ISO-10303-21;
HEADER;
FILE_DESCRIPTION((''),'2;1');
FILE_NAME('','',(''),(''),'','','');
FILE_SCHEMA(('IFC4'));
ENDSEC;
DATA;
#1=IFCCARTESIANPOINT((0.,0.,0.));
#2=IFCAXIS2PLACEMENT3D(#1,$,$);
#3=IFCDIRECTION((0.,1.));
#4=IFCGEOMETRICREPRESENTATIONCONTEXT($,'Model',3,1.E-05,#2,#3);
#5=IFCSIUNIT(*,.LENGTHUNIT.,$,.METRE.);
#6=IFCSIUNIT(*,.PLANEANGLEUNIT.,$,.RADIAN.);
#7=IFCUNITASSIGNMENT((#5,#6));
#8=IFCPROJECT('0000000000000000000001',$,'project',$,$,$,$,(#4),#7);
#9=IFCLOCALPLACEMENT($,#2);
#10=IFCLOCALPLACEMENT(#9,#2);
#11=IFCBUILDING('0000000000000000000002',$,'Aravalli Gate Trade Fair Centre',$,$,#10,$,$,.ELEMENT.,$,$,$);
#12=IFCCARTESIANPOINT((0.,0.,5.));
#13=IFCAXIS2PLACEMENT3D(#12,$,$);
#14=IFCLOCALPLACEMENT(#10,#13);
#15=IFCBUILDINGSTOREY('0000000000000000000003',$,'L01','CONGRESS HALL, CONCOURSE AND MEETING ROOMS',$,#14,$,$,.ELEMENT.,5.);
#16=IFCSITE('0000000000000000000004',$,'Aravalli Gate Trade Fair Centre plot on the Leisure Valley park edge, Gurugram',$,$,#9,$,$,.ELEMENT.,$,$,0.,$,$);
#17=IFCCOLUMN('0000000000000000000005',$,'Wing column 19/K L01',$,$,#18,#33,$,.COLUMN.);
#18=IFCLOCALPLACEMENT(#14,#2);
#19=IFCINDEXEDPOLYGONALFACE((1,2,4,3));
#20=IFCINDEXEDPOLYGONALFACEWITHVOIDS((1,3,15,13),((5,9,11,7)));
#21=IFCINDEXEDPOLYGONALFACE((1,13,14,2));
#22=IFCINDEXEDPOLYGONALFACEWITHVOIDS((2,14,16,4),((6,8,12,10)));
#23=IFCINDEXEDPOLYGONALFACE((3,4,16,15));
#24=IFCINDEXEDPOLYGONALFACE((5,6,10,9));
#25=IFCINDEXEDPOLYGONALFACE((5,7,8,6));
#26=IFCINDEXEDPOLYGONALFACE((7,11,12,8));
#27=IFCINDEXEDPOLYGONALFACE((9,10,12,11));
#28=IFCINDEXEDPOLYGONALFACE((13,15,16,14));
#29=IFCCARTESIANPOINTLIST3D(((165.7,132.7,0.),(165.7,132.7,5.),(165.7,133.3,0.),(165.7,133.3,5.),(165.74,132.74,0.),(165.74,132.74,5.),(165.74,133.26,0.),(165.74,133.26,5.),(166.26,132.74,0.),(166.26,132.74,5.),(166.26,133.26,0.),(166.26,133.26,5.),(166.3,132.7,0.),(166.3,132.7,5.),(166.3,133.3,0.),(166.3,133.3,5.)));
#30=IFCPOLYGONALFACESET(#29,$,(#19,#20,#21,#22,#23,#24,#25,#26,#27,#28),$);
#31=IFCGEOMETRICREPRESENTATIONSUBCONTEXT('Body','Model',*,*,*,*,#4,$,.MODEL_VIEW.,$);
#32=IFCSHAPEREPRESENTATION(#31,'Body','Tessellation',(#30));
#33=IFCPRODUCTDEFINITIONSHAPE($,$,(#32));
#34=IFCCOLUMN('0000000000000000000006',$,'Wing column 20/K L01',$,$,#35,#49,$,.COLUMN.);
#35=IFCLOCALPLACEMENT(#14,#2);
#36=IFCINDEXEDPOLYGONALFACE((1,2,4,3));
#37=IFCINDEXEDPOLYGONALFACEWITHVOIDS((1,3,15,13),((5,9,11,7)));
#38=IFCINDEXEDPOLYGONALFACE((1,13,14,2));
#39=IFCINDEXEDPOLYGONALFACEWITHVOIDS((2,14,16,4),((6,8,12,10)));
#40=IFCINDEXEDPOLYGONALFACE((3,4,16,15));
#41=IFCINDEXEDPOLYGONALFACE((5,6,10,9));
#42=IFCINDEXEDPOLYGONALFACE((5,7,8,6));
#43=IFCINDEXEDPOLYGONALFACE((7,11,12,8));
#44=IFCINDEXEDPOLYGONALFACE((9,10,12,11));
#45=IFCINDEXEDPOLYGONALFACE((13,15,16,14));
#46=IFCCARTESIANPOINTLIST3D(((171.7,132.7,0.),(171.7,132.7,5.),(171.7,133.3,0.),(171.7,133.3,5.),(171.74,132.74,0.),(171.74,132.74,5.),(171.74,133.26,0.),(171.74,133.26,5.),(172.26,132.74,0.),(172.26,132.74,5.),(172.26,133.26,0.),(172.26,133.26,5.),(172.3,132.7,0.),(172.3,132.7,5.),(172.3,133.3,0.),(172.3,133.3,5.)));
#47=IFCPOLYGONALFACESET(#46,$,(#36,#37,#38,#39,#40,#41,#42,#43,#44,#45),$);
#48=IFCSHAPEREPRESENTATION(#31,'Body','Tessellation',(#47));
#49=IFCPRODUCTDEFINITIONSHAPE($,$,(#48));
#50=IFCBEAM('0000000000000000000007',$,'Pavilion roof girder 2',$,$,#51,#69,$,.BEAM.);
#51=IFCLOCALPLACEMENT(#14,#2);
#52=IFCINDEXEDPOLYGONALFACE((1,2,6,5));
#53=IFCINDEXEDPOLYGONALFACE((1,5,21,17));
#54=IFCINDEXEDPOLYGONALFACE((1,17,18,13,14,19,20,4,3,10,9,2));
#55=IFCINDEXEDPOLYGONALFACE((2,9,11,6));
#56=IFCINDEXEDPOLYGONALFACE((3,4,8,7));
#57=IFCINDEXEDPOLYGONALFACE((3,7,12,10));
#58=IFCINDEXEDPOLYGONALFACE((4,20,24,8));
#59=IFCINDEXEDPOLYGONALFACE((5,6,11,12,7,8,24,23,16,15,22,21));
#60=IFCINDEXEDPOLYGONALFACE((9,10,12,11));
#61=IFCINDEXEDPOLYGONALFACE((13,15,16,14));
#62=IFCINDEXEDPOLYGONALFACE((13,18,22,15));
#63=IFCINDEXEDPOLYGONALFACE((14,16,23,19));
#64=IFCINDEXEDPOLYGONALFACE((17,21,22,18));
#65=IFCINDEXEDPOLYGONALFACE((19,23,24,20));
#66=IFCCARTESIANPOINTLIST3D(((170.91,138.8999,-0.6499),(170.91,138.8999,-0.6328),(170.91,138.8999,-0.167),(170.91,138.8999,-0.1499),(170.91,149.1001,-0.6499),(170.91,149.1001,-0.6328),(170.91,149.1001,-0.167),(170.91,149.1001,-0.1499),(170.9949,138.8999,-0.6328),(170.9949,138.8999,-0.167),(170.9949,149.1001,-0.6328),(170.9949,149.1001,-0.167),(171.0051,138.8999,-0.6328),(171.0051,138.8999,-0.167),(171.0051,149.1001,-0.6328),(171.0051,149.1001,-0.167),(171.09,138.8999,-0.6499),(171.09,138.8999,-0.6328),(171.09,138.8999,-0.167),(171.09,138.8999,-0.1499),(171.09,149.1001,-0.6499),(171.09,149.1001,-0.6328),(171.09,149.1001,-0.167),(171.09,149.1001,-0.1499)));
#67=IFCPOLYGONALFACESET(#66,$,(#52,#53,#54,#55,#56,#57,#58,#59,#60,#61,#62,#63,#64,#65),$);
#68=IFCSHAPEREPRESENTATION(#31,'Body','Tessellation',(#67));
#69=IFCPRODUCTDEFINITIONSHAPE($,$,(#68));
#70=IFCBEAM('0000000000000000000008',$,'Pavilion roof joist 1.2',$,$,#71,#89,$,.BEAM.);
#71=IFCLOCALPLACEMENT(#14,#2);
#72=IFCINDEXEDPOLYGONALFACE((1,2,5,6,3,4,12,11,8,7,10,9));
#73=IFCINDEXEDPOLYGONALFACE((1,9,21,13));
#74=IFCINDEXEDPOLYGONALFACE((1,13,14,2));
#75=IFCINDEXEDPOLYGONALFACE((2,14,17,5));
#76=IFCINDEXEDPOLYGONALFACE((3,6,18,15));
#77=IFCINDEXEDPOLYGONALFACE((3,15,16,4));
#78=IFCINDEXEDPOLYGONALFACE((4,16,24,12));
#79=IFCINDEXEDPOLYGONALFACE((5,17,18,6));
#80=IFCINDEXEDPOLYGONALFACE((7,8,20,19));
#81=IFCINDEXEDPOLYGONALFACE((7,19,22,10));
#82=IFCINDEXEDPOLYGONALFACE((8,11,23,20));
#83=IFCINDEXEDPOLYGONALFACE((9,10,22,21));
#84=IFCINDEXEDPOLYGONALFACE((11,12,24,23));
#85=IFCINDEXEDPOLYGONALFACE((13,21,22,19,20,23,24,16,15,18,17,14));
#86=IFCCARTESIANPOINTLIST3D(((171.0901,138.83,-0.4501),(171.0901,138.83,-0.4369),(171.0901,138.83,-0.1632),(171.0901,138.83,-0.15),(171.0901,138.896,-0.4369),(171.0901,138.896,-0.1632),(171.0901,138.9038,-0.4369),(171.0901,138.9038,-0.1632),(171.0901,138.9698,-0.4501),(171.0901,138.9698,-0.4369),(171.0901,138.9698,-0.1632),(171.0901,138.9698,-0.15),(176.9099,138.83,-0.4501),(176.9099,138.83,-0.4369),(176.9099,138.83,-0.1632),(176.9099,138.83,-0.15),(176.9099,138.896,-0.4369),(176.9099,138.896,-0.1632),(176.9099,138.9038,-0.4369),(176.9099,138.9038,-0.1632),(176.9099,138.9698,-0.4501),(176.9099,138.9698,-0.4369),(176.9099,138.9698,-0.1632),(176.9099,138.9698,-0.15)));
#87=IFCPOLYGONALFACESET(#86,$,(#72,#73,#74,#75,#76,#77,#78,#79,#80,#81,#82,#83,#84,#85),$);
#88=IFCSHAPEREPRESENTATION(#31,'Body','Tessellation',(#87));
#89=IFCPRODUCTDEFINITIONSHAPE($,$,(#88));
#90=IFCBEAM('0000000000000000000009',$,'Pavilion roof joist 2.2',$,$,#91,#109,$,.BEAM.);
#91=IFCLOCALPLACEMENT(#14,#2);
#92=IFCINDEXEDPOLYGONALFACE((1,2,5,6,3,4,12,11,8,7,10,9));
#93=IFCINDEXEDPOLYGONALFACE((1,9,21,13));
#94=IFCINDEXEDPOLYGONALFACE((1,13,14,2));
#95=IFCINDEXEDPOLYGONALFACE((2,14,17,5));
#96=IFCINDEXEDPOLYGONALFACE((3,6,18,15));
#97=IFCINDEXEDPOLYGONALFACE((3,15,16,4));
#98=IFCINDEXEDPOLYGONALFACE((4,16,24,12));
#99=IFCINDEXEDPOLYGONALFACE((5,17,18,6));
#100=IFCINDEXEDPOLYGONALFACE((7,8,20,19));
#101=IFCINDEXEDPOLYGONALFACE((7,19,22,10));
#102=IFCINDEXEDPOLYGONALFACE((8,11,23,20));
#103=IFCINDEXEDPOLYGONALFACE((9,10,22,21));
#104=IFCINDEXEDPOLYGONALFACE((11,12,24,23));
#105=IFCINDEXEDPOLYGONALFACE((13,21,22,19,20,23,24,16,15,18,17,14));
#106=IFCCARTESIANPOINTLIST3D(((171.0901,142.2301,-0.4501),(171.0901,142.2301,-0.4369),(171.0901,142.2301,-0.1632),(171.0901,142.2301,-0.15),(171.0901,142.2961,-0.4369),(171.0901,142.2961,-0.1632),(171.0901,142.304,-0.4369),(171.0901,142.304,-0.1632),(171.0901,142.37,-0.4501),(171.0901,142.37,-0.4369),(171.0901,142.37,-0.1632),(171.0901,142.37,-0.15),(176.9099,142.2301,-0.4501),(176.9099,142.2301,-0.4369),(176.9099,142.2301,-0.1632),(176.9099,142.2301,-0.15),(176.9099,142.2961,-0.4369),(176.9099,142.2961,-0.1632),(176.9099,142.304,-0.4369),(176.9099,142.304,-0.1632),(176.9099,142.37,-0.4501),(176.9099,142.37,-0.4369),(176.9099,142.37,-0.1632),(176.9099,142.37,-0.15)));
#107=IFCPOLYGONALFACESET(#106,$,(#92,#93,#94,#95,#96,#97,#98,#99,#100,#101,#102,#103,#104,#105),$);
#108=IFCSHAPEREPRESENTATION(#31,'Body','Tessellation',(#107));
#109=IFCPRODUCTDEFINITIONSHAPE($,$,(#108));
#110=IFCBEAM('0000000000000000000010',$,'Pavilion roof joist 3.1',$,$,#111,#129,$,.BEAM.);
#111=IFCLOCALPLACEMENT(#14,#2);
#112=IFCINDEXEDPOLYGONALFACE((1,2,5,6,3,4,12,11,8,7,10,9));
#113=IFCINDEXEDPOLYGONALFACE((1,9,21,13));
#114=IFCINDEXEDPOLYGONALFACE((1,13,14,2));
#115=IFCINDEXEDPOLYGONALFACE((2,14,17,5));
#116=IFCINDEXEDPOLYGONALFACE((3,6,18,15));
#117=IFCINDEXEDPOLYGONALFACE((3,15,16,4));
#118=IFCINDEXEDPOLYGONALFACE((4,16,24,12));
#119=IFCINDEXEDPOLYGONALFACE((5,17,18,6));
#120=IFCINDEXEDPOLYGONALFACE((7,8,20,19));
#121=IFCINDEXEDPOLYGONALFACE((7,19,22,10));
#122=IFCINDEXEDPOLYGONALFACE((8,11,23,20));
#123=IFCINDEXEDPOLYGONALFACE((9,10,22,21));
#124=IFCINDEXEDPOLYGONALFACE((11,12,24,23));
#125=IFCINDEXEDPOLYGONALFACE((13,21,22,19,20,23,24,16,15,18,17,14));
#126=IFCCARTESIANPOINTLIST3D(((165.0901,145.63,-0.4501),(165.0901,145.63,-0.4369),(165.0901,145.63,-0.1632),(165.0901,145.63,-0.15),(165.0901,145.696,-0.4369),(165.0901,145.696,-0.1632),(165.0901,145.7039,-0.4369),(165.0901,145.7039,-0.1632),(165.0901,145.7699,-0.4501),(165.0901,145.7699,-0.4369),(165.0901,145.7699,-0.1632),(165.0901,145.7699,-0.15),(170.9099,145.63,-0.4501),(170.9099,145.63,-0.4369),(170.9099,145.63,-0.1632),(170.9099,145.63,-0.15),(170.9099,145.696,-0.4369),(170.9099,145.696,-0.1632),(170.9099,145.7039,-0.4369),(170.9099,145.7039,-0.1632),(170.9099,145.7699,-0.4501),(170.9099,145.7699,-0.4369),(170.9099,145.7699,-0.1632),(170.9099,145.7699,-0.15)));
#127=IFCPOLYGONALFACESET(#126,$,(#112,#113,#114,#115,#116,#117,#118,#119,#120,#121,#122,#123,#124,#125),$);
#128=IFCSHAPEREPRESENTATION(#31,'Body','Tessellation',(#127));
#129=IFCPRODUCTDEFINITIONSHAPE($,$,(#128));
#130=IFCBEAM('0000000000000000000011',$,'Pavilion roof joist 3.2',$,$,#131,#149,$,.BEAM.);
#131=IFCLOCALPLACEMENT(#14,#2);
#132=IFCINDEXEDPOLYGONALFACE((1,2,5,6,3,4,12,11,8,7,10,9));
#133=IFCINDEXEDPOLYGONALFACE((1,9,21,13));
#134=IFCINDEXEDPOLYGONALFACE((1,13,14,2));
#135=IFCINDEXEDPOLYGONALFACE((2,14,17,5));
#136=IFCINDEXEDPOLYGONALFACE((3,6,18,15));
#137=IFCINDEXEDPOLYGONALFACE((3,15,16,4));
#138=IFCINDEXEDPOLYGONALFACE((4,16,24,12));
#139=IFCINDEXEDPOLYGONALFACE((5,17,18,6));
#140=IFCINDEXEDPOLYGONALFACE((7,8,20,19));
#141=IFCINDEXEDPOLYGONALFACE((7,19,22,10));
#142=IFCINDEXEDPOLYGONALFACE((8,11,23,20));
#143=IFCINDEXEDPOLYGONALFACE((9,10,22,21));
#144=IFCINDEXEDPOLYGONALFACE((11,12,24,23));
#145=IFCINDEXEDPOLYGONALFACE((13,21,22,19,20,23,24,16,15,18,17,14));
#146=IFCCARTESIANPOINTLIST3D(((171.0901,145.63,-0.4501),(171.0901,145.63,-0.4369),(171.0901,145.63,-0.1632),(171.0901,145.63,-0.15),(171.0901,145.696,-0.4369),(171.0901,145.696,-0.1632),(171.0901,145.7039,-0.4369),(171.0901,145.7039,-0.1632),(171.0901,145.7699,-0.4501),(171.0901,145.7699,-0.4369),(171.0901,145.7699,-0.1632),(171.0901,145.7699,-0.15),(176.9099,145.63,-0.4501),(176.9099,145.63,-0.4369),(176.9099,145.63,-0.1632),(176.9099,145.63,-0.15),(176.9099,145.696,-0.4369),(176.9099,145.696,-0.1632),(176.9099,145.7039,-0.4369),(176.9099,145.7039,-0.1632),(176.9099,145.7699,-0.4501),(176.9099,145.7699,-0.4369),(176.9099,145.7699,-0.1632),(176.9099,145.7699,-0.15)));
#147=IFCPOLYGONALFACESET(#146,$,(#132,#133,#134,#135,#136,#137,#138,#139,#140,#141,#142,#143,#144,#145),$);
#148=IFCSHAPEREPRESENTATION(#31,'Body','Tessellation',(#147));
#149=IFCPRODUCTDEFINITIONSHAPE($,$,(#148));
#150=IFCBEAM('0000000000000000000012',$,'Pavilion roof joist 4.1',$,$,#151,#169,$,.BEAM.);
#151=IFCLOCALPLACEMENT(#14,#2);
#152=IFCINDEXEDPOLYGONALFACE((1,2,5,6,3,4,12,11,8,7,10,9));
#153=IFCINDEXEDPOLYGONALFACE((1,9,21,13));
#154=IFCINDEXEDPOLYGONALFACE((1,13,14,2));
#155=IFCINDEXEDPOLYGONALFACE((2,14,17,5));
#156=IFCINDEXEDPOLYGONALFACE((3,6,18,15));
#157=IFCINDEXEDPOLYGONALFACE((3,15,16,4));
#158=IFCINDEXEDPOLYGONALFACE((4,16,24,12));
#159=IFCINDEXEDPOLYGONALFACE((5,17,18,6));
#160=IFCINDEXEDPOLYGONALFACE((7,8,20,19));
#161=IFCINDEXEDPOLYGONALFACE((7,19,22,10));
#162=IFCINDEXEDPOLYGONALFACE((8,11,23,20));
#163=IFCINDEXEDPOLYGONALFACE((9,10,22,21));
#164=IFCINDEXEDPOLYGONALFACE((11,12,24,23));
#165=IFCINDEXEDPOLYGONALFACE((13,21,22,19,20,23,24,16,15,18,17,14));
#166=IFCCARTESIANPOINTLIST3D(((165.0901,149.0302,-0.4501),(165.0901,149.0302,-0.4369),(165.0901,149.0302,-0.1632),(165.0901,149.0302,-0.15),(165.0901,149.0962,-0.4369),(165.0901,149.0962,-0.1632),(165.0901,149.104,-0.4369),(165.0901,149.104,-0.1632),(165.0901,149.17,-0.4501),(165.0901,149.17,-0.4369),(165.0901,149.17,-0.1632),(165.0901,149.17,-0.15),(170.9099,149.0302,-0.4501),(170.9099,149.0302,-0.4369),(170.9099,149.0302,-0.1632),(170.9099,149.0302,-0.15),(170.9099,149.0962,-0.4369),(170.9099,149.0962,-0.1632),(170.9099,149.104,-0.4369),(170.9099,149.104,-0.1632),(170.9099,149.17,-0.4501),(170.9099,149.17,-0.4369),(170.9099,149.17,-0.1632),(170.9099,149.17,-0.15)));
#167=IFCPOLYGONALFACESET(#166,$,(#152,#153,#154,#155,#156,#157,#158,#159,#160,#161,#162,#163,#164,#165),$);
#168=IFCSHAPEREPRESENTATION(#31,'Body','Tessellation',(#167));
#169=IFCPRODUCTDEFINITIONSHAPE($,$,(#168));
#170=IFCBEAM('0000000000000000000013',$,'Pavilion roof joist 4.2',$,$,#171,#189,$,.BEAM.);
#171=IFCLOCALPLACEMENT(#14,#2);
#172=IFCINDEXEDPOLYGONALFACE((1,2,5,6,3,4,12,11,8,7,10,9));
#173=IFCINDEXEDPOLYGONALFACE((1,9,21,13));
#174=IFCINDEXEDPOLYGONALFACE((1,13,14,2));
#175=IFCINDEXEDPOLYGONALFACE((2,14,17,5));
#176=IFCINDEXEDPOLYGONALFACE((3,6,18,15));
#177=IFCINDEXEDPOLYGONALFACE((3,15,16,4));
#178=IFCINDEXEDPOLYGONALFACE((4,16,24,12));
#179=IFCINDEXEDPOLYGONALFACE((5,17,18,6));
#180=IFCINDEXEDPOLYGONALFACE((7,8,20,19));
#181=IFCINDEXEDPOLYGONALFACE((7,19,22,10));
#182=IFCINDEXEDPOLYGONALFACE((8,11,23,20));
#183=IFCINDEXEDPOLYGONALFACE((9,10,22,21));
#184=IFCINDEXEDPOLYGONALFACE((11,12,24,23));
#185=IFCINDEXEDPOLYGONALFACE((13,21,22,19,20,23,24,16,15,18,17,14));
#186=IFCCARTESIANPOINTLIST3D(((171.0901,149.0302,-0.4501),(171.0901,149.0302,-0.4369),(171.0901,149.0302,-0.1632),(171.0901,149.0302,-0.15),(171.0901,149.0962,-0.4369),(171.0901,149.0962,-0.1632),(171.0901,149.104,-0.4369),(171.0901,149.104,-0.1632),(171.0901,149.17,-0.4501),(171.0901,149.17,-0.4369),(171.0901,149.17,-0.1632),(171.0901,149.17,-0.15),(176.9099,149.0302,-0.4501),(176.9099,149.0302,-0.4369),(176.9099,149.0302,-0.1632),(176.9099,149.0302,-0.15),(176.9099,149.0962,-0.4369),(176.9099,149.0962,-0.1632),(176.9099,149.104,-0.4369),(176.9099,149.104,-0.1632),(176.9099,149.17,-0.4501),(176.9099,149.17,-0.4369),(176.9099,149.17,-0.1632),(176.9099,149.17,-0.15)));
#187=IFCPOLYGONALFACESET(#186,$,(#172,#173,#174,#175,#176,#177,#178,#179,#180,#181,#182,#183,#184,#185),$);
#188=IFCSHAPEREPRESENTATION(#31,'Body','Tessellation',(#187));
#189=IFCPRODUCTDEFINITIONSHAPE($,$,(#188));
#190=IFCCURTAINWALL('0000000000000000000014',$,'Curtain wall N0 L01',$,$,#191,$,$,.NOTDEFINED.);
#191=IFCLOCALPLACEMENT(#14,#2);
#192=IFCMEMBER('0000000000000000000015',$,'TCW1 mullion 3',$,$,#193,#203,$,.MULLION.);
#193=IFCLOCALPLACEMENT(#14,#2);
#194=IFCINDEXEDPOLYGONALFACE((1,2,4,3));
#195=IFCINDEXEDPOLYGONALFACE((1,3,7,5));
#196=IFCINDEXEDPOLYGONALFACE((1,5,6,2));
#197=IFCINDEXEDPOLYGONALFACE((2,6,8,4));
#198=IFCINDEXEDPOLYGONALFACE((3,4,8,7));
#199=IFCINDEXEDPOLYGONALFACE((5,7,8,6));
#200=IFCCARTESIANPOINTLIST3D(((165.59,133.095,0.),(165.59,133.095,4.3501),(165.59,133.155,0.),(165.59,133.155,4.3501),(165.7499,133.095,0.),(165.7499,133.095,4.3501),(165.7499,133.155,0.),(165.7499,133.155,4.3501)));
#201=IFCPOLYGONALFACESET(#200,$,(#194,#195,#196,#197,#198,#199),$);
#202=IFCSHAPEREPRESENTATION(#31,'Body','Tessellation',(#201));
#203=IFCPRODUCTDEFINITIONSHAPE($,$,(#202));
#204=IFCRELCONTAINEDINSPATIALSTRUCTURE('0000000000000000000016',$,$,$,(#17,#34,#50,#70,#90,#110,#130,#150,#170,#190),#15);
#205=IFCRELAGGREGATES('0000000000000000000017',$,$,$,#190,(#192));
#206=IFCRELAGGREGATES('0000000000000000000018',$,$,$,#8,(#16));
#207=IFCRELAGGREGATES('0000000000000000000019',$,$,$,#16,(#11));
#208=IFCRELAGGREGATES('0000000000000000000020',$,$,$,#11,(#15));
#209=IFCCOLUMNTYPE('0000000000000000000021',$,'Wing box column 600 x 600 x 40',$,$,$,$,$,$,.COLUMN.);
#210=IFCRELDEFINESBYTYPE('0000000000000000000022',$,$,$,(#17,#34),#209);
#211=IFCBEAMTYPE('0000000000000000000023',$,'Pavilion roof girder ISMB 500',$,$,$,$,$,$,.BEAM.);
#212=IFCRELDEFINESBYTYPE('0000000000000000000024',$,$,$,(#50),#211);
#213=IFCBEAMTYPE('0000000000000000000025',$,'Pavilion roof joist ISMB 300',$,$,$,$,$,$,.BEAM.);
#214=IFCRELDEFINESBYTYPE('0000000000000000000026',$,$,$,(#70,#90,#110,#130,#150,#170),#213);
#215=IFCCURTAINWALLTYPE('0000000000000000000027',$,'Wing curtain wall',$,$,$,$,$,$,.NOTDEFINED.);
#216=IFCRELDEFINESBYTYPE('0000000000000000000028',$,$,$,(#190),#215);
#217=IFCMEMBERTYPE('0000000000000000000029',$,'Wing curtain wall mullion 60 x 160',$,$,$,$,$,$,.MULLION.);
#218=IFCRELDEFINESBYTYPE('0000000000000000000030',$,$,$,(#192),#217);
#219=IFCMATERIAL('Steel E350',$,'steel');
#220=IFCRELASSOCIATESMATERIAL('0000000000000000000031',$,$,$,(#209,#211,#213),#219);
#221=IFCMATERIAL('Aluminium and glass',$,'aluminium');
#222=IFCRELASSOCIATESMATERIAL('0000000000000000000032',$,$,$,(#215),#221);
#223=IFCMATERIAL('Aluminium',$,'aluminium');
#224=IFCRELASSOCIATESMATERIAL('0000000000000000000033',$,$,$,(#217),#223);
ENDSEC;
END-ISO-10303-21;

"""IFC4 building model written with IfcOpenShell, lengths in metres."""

from ifc_helpers import new_model, si_unit, direction, frame, origin, origin_2d, place, context, subcontext, project, spatial, rectangle, hollow_rectangle, i_section, extrude, material, material_profile, profile_set, type_object, element, aggregate, save


model = new_model("IFC4")

# Units and contexts
model_context = context("Model", 3, precision=1e-05, world=origin(), true_north=direction((0.0, 1.0)))
body_context = subcontext(model_context, "Body", "Model", "MODEL_VIEW")
ifc_project = project(units=[si_unit("LENGTHUNIT", "METRE"), si_unit("PLANEANGLEUNIT", "RADIAN")], contexts=[model_context])

# Site, building, storey
site_placement = place(None, origin())
site = spatial("IfcSite", under=ifc_project, at=site_placement, Name="Aravalli Gate Trade Fair Centre plot on the Leisure Valley park edge, Gurugram", CompositionType="ELEMENT", RefElevation=0.0)
building_placement = place(site_placement, origin())
building = spatial("IfcBuilding", under=site, at=building_placement, Name="Aravalli Gate Trade Fair Centre", CompositionType="ELEMENT")
storey_placement = place(building_placement, frame((0.0, 0.0, 5.0)))
storey = spatial("IfcBuildingStorey", under=building, at=storey_placement, Name="L01", Description="CONGRESS HALL, CONCOURSE AND MEETING ROOMS", CompositionType="ELEMENT", Elevation=5.0)

# Columns
ifc_material_1 = material(Name="Steel E350", Category="steel")
ifc_material_profile_1 = material_profile(ifc_material_1, hollow_rectangle(XDim=0.6001, YDim=0.6001, WallThickness=0.04, at=origin_2d()), Name="BOX 600x600x40")
ifc_profile_set_1 = profile_set([ifc_material_profile_1], Name="Steel E350")
column_type = type_object("IfcColumnType", Name="Wing box column 600 x 600 x 40", PredefinedType="COLUMN", material=ifc_profile_set_1)
for number, where, z_axis, x_axis, name in (
    (1, (166.0, 133.0, 0.0), (0.0, 0.0, 1.0), (1.0, 0.0, 0.0), "Wing column 19/K L01"),
    (2, (172.0, 133.0, 0.0), (0.0, 0.0, 1.0), (1.0, 0.0, 0.0), "Wing column 20/K L01"),
):
    element("IfcColumn", number, at=place(storey_placement, frame(where, z_axis=z_axis, x_axis=x_axis)), inside=storey, type_object=column_type, Name=name, PredefinedType="COLUMN", context=body_context, shape_type="SweptSolid", body=[
        extrude(hollow_rectangle(XDim=0.6001, YDim=0.6001, WallThickness=0.04, at=origin_2d()), origin(), (0.0, 0.0, 1.0), 5.0),
    ])

# Beams
ifc_material_profile_2 = material_profile(ifc_material_1, i_section(OverallWidth=0.1799, OverallDepth=0.5, WebThickness=0.0103, FlangeThickness=0.0171, at=origin_2d()), Name="ISMB 500")
ifc_profile_set_2 = profile_set([ifc_material_profile_2], Name="Steel E350")
beam_type_1 = type_object("IfcBeamType", Name="Pavilion roof girder ISMB 500", PredefinedType="BEAM", material=ifc_profile_set_2)
beam_placement = place(storey_placement, frame((171.0, 138.8999, -0.3999), z_axis=(0.0, 1.0, 0.0), x_axis=(-1.0, 0.0, 0.0)))
element("IfcBeam", 3, at=beam_placement, inside=storey, type_object=beam_type_1, Name="Pavilion roof girder 2", PredefinedType="BEAM", context=body_context, shape_type="SweptSolid", body=[
    extrude(i_section(OverallWidth=0.1799, OverallDepth=0.5, WebThickness=0.0103, FlangeThickness=0.0171, at=origin_2d()), origin(), (0.0, 0.0, 1.0), 10.2002),
])
ifc_material_profile_3 = material_profile(ifc_material_1, i_section(OverallWidth=0.1399, OverallDepth=0.3, WebThickness=0.0078, FlangeThickness=0.0132, at=origin_2d()), Name="ISMB 300")
ifc_profile_set_3 = profile_set([ifc_material_profile_3], Name="Steel E350")
beam_type_2 = type_object("IfcBeamType", Name="Pavilion roof joist ISMB 300", PredefinedType="BEAM", material=ifc_profile_set_3)
for number, where, z_axis, x_axis, name in (
    (4, (171.0901, 138.8999, -0.3), (1.0, 0.0, 0.0), (0.0, 1.0, 0.0), "Pavilion roof joist 1.2"),
    (5, (171.0901, 142.3, -0.3), (1.0, 0.0, 0.0), (0.0, 1.0, 0.0), "Pavilion roof joist 2.2"),
    (6, (165.0901, 145.7, -0.3), (1.0, 0.0, 0.0), (0.0, 1.0, 0.0), "Pavilion roof joist 3.1"),
    (7, (171.0901, 145.7, -0.3), (1.0, 0.0, 0.0), (0.0, 1.0, 0.0), "Pavilion roof joist 3.2"),
    (8, (165.0901, 149.1001, -0.3), (1.0, 0.0, 0.0), (0.0, 1.0, 0.0), "Pavilion roof joist 4.1"),
    (9, (171.0901, 149.1001, -0.3), (1.0, 0.0, 0.0), (0.0, 1.0, 0.0), "Pavilion roof joist 4.2"),
):
    element("IfcBeam", number, at=place(storey_placement, frame(where, z_axis=z_axis, x_axis=x_axis)), inside=storey, type_object=beam_type_2, Name=name, PredefinedType="BEAM", context=body_context, shape_type="SweptSolid", body=[
        extrude(i_section(OverallWidth=0.1399, OverallDepth=0.3, WebThickness=0.0078, FlangeThickness=0.0132, at=origin_2d()), origin(), (0.0, 0.0, 1.0), 5.8198),
    ])

# Curtain wall, member
ifc_material_2 = material(Name="Aluminium and glass", Category="aluminium")
curtain_wall_type = type_object("IfcCurtainWallType", Name="Wing curtain wall", PredefinedType="NOTDEFINED", material=ifc_material_2)
curtain_wall_1_placement = place(storey_placement, origin())
curtain_wall_1 = element("IfcCurtainWall", 10, at=curtain_wall_1_placement, inside=storey, type_object=curtain_wall_type, Name="Curtain wall N0 L01", PredefinedType="NOTDEFINED")
ifc_material_3 = material(Name="Aluminium", Category="aluminium")
ifc_material_profile_4 = material_profile(ifc_material_3, rectangle(XDim=0.0601, YDim=0.1599, at=origin_2d()), Name="Wing curtain wall mullion 60 x 160")
ifc_profile_set_4 = profile_set([ifc_material_profile_4], Name="Aluminium")
member_type_1 = type_object("IfcMemberType", Name="Wing curtain wall mullion 60 x 160", PredefinedType="MULLION", material=ifc_profile_set_4)
member_1_placement = place(storey_placement, frame((165.6699, 133.125, 0.0), z_axis=(0.0, 0.0, 1.0), x_axis=(0.0, 1.0, 0.0)))
member_1 = element("IfcMember", 11, at=member_1_placement, type_object=member_type_1, Name="TCW1 mullion 3", PredefinedType="MULLION", context=body_context, shape_type="SweptSolid", body=[
    extrude(rectangle(XDim=0.0601, YDim=0.1599, at=origin_2d()), origin(), (0.0, 0.0, 1.0), 4.3501),
])
aggregate(curtain_wall_1, [member_1])

save(model, "model.ifc")
